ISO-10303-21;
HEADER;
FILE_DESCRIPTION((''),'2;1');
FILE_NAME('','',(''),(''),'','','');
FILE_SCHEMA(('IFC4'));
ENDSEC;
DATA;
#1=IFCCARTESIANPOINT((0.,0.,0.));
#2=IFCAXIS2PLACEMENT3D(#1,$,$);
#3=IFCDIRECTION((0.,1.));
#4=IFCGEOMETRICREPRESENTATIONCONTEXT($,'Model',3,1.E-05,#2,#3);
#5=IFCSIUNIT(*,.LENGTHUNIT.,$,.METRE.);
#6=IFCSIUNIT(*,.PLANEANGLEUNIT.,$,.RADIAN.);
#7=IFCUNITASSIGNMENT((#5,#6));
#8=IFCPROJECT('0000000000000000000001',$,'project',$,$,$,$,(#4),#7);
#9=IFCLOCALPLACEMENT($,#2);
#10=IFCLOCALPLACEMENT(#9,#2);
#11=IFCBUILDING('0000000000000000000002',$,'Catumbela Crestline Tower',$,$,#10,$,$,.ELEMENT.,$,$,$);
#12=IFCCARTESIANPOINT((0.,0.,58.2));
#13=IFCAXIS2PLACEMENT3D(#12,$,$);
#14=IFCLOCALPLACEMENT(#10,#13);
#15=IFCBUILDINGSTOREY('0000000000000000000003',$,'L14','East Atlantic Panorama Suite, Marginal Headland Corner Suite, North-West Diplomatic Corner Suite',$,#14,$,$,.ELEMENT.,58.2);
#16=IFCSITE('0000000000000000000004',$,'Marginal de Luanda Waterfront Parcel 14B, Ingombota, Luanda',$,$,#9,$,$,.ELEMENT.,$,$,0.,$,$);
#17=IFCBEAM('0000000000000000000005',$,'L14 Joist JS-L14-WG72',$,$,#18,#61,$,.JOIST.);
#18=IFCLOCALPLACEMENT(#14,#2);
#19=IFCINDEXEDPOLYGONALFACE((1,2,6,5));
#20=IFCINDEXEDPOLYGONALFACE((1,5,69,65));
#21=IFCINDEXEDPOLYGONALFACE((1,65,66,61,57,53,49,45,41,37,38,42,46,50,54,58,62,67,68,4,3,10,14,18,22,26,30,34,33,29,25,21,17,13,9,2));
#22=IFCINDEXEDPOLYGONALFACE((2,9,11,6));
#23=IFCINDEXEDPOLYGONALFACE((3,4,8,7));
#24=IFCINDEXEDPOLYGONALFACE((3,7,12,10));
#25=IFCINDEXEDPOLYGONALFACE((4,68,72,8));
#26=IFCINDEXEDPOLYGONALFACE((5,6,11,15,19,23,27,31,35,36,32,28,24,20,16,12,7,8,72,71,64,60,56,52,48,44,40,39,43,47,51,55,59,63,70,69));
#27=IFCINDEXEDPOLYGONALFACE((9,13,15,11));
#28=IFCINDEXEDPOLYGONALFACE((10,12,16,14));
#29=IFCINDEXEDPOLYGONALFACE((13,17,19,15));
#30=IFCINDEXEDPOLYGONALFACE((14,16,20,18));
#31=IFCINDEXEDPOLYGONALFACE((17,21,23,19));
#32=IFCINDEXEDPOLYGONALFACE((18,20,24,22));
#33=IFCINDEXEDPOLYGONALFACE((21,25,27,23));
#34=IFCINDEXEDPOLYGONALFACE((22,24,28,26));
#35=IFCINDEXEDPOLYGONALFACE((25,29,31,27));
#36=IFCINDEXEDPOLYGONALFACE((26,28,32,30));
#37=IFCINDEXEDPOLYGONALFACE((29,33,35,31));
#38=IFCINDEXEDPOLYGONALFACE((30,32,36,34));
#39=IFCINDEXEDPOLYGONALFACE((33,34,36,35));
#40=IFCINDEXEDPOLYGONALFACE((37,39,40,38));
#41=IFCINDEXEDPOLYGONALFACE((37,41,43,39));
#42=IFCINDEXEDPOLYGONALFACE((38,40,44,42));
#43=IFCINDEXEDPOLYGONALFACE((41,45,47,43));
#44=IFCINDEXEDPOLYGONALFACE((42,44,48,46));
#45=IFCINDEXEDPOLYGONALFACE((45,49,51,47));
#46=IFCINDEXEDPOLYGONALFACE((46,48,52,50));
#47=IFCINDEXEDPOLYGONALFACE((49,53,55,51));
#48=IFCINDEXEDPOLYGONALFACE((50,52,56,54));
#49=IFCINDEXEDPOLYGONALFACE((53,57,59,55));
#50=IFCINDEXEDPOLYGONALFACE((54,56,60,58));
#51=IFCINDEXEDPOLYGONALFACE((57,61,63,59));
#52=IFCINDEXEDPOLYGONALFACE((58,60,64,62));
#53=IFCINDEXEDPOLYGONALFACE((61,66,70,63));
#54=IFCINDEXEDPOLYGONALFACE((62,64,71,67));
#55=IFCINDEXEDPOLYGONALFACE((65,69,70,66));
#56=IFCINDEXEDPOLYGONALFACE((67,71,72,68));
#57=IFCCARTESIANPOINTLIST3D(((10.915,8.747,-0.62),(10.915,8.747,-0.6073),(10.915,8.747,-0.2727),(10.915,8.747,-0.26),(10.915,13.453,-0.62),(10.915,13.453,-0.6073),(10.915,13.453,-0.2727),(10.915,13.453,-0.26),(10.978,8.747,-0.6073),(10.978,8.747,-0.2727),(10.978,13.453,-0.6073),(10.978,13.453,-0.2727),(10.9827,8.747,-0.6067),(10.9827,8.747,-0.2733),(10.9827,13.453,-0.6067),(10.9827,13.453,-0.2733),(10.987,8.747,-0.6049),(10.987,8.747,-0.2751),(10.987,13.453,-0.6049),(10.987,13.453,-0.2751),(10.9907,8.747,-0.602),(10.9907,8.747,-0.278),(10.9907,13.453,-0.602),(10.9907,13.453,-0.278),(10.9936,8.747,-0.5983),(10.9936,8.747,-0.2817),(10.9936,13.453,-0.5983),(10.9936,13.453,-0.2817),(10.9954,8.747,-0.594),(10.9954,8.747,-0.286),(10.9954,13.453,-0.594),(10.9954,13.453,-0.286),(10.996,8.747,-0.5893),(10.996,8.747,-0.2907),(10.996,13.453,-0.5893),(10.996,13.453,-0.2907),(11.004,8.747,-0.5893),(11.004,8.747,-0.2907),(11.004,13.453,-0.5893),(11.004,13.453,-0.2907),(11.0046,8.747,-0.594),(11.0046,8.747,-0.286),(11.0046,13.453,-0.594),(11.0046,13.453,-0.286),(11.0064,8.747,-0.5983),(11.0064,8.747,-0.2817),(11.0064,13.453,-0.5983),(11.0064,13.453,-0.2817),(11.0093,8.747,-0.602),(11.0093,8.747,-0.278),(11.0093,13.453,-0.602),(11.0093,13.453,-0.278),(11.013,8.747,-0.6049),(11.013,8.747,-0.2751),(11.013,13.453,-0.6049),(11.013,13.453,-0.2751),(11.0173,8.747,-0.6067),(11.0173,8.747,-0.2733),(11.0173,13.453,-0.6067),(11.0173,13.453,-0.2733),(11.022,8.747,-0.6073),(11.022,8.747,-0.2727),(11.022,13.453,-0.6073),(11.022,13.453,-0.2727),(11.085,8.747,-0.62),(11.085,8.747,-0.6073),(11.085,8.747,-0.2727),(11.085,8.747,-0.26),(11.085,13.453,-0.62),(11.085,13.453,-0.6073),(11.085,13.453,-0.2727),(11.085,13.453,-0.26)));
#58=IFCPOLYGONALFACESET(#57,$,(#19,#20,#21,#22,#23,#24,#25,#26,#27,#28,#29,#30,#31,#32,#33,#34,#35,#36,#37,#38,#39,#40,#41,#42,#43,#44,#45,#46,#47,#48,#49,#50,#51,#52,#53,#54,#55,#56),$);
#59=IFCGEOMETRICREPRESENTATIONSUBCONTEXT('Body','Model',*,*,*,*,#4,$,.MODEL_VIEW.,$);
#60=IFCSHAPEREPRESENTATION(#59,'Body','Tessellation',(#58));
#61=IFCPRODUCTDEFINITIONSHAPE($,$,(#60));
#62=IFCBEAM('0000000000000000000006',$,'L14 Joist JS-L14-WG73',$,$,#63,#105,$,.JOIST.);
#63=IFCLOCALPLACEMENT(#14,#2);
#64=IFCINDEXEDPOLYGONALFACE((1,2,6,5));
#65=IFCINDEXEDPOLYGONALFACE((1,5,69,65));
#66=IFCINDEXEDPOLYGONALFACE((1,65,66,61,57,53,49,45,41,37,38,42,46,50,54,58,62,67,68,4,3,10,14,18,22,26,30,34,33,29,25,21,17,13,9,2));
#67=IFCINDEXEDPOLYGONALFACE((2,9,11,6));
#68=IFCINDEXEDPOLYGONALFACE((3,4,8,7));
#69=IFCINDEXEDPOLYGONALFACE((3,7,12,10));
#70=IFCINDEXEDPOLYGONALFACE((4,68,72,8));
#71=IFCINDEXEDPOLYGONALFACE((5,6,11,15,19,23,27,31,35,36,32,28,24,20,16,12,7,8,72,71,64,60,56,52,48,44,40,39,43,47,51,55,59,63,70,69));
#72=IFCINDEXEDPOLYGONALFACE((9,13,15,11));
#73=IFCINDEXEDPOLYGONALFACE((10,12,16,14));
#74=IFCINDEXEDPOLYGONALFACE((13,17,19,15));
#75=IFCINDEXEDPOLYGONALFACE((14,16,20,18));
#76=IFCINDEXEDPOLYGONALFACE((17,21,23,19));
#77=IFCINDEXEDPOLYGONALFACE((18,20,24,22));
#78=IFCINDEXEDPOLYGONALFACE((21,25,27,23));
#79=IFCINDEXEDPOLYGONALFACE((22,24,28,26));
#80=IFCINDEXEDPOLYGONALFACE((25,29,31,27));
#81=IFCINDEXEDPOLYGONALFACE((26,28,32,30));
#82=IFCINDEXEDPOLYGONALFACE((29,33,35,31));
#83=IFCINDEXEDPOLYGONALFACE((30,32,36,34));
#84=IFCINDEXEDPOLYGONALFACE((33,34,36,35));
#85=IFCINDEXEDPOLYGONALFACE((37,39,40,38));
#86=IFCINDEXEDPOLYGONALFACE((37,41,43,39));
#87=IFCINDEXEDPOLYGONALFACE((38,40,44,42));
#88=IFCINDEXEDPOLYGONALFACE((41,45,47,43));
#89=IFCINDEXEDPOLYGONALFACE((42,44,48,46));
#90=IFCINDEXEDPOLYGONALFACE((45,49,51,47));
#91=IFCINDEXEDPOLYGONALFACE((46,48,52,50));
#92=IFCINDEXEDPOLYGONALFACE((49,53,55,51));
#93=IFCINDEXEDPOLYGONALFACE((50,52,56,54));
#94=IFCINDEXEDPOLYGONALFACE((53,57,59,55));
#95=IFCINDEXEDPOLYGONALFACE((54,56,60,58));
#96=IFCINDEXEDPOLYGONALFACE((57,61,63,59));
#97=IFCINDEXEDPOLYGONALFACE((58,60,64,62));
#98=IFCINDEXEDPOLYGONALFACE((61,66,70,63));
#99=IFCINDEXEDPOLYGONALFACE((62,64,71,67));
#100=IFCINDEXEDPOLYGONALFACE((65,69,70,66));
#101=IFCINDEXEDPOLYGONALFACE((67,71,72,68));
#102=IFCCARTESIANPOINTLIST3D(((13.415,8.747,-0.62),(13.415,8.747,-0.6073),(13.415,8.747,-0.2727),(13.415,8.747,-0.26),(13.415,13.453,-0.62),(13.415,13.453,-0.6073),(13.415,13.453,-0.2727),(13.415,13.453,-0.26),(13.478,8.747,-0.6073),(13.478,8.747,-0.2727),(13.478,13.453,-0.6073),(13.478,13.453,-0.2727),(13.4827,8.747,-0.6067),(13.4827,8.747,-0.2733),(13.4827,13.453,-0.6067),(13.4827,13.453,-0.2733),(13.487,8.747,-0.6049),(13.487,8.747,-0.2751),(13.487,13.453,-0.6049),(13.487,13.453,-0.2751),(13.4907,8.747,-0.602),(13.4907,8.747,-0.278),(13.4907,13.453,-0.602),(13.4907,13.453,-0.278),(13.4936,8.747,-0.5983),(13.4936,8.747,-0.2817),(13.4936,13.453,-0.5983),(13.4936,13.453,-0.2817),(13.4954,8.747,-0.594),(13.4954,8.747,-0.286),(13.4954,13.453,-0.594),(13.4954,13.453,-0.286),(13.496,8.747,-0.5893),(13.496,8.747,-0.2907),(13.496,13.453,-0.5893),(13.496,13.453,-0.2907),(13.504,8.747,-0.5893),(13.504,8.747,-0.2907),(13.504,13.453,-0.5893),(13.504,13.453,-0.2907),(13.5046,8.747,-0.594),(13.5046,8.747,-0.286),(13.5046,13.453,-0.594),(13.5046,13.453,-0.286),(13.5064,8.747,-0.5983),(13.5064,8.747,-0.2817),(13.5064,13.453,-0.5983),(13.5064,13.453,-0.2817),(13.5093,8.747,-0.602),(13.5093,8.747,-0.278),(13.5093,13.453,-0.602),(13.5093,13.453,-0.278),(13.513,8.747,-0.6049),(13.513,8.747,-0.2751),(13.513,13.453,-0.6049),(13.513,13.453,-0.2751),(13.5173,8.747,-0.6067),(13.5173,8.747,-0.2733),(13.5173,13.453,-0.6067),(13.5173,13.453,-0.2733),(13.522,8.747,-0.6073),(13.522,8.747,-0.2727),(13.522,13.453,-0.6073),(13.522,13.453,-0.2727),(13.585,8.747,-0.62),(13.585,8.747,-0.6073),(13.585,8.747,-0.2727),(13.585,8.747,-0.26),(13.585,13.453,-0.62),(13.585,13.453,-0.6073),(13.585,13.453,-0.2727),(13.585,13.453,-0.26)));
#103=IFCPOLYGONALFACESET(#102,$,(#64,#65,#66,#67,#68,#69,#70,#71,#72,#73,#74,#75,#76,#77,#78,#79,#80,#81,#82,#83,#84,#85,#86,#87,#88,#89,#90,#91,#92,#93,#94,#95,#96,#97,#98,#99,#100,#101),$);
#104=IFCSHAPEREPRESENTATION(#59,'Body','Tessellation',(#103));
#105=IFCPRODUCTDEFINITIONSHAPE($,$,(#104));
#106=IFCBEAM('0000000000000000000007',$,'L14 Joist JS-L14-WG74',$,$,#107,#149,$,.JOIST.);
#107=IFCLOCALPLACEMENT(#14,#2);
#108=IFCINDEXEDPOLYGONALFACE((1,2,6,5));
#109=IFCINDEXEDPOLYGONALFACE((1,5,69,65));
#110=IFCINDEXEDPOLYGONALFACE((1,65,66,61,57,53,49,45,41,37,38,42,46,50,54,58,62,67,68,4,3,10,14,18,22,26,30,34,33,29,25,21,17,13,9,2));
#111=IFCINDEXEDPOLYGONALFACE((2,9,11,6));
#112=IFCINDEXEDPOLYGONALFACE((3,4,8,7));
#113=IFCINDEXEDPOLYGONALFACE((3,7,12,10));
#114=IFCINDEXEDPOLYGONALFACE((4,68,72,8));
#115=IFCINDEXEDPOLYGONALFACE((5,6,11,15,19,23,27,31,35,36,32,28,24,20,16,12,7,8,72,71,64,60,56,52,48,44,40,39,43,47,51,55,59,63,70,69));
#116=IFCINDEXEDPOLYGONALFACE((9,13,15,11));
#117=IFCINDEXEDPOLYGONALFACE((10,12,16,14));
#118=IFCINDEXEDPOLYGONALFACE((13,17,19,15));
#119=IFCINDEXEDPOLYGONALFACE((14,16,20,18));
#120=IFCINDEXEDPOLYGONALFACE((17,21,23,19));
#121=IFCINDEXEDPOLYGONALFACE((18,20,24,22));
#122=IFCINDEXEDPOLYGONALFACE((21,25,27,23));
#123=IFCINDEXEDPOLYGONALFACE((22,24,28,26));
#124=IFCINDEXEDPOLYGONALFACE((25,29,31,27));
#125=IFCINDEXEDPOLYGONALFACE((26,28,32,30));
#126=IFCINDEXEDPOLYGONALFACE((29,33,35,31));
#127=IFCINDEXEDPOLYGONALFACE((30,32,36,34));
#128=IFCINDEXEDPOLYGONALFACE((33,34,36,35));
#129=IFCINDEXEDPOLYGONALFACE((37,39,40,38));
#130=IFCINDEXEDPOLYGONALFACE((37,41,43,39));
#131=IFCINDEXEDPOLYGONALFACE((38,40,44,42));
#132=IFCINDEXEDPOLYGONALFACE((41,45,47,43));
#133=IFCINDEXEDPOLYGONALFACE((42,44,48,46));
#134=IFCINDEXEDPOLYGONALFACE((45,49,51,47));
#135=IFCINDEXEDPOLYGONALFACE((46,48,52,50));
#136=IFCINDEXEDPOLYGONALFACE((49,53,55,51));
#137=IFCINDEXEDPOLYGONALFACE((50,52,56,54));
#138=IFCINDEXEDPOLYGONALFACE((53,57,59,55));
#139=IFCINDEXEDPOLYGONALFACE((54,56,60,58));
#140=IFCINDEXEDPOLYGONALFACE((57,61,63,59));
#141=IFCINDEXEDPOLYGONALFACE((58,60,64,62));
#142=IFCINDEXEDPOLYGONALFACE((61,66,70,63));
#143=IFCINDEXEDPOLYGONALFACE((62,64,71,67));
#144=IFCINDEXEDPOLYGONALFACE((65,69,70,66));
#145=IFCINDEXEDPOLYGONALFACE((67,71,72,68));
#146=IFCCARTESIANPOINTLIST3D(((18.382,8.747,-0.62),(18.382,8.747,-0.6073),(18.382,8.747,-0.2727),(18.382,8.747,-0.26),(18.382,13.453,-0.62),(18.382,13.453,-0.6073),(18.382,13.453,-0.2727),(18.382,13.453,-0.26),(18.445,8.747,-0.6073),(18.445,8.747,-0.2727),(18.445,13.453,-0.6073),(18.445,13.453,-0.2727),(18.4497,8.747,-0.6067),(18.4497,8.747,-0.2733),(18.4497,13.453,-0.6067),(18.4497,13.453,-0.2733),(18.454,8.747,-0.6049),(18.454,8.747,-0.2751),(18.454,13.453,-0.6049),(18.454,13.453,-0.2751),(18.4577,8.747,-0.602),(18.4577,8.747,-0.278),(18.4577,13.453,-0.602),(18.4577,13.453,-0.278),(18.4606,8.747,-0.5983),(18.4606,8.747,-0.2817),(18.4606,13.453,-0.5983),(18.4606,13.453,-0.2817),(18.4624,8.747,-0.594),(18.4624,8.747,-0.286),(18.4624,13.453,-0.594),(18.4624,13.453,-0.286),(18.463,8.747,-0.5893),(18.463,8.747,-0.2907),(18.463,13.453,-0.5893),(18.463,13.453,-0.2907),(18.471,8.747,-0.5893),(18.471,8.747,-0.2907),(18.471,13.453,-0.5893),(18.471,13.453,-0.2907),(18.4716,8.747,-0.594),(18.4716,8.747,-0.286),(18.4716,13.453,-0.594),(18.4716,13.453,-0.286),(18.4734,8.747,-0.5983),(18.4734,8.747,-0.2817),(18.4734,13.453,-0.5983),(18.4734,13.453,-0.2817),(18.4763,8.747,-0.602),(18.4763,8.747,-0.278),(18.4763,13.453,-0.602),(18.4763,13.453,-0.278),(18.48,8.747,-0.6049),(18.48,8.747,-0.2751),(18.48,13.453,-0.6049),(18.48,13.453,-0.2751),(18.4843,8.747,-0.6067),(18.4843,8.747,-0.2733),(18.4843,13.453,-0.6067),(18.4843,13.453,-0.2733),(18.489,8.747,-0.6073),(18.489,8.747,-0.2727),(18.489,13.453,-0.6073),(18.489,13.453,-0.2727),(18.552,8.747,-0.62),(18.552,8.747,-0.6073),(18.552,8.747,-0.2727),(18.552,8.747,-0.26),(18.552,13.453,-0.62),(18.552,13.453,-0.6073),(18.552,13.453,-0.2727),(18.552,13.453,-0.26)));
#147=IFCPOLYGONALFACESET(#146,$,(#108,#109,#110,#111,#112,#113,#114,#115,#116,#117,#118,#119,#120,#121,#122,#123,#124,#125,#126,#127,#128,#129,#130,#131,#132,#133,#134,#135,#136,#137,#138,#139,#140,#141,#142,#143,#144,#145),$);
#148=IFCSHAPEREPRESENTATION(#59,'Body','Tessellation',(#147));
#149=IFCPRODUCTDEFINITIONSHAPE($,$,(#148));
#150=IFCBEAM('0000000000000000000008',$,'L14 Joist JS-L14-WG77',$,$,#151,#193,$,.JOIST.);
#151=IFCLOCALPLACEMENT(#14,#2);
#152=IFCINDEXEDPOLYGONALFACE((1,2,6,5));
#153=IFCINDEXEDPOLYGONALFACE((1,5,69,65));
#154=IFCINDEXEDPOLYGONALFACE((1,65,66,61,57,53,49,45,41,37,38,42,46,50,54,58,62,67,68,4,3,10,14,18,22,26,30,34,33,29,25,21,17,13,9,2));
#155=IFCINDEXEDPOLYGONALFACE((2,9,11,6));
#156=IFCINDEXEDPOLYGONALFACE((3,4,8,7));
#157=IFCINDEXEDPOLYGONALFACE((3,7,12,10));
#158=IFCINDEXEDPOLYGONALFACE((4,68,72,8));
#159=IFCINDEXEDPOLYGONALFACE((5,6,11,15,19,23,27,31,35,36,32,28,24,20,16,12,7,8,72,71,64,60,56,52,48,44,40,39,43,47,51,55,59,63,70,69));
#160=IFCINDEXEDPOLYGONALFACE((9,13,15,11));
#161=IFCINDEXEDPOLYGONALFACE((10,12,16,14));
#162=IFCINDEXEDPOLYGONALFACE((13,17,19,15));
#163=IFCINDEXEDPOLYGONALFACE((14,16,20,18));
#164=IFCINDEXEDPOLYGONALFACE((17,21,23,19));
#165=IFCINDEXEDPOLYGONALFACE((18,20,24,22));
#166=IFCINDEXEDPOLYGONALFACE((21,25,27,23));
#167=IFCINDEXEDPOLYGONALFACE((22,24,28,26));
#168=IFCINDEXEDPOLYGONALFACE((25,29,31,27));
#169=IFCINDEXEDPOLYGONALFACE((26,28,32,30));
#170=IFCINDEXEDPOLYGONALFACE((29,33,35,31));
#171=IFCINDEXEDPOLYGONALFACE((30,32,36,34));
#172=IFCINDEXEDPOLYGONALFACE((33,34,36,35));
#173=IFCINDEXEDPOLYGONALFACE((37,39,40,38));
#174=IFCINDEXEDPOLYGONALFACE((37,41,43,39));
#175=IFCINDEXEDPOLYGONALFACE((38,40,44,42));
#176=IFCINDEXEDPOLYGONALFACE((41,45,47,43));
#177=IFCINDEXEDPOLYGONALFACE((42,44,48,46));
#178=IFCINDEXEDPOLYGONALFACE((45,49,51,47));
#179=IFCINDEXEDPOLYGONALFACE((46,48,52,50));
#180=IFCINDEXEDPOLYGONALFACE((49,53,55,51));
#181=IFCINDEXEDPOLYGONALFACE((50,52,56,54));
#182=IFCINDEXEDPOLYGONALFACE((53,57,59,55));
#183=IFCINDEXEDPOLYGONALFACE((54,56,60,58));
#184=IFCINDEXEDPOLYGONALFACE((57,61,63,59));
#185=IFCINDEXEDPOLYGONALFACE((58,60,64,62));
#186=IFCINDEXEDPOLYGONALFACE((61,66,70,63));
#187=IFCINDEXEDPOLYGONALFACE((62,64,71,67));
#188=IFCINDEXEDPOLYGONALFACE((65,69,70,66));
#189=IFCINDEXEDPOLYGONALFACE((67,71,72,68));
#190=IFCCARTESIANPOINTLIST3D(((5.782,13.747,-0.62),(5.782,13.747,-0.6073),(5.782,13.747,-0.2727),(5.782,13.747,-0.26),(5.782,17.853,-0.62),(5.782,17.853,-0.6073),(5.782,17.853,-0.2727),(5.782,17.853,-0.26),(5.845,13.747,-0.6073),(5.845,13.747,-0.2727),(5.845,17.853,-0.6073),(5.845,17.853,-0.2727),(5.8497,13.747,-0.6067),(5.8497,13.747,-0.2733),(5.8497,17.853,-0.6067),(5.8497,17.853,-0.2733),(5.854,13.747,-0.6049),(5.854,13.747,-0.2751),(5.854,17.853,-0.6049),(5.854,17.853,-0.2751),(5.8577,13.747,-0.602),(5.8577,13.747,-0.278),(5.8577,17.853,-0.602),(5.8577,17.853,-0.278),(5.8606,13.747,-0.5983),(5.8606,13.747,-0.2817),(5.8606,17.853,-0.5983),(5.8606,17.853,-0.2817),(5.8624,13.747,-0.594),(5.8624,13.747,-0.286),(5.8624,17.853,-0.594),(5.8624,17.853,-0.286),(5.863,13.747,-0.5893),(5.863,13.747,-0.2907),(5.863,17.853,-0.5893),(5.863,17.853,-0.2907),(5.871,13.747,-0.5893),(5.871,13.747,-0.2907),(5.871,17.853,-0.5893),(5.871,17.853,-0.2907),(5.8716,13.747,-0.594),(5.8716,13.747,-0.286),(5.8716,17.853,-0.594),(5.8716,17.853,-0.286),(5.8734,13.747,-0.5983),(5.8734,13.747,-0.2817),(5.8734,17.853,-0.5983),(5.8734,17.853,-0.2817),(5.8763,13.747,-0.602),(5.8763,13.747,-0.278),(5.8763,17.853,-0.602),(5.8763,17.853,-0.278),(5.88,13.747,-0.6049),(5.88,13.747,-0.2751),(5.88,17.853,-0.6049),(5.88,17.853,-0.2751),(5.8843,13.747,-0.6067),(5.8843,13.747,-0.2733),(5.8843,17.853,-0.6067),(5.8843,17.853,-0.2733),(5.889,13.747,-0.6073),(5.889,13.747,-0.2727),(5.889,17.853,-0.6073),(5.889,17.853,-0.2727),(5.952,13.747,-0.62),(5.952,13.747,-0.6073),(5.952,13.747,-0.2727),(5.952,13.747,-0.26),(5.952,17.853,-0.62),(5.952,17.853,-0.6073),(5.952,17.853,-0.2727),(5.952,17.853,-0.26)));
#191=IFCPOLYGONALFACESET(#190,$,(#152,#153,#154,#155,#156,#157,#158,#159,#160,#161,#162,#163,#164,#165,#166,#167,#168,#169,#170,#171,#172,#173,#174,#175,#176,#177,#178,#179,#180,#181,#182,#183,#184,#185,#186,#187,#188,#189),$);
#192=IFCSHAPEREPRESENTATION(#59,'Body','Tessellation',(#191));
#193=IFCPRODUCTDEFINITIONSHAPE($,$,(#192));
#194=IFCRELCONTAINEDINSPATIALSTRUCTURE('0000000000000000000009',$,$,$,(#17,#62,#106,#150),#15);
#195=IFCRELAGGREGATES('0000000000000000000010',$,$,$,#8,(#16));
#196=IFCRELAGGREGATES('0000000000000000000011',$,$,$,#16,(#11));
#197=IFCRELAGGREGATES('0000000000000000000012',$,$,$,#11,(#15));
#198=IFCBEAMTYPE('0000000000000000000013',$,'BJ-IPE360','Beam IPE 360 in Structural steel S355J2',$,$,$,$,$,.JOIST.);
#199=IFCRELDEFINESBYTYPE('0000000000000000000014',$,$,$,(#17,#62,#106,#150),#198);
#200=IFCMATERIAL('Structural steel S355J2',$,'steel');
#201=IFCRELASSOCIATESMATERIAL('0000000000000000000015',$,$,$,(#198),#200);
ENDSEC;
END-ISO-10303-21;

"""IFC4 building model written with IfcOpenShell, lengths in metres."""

from ifc_helpers import new_model, si_unit, direction, frame, origin, origin_2d, place, context, subcontext, project, spatial, i_section, extrude, material, material_profile, profile_set, type_object, element, save


model = new_model("IFC4")

# Units and contexts
model_context = context("Model", 3, precision=1e-05, world=origin(), true_north=direction((0.0, 1.0)))
body_context = subcontext(model_context, "Body", "Model", "MODEL_VIEW")
ifc_project = project(units=[si_unit("LENGTHUNIT", "METRE"), si_unit("PLANEANGLEUNIT", "RADIAN")], contexts=[model_context])

# Site, building, storey
site_placement = place(None, origin())
site = spatial("IfcSite", under=ifc_project, at=site_placement, Name="Marginal de Luanda Waterfront Parcel 14B, Ingombota, Luanda", CompositionType="ELEMENT", RefElevation=0.0)
building_placement = place(site_placement, origin())
building = spatial("IfcBuilding", under=site, at=building_placement, Name="Catumbela Crestline Tower", CompositionType="ELEMENT")
storey_placement = place(building_placement, frame((0.0, 0.0, 58.2)))
storey = spatial("IfcBuildingStorey", under=building, at=storey_placement, Name="L14", Description="East Atlantic Panorama Suite, Marginal Headland Corner Suite, North-West Diplomatic Corner Suite", CompositionType="ELEMENT", Elevation=58.2)

# Beams
ifc_material_1 = material(Name="Structural steel S355J2", Category="steel")
ifc_material_profile_1 = material_profile(ifc_material_1, i_section(OverallWidth=0.17, OverallDepth=0.36, WebThickness=0.008, FlangeThickness=0.0127, FilletRadius=0.018, at=origin_2d()), Name="IPE 360")
ifc_profile_set_1 = profile_set([ifc_material_profile_1], Name="Structural steel S355J2")
beam_type_1 = type_object("IfcBeamType", Name="BJ-IPE360", Description="Beam IPE 360 in Structural steel S355J2", PredefinedType="JOIST", material=ifc_profile_set_1)
for number, where, z_axis, x_axis, name in (
    (1, (11.0, 8.747, -0.44), (0.0, 1.0, 0.0), (-1.0, 0.0, 0.0), "L14 Joist JS-L14-WG72"),
    (2, (13.5, 8.747, -0.44), (0.0, 1.0, 0.0), (-1.0, 0.0, 0.0), "L14 Joist JS-L14-WG73"),
    (3, (18.467, 8.747, -0.44), (0.0, 1.0, 0.0), (-1.0, 0.0, 0.0), "L14 Joist JS-L14-WG74"),
):
    element("IfcBeam", number, at=place(storey_placement, frame(where, z_axis=z_axis, x_axis=x_axis)), inside=storey, type_object=beam_type_1, Name=name, PredefinedType="JOIST", context=body_context, shape_type="SweptSolid", body=[
        extrude(i_section(OverallWidth=0.17, OverallDepth=0.36, WebThickness=0.008, FlangeThickness=0.0127, FilletRadius=0.018, at=origin_2d()), origin(), (0.0, 0.0, 1.0), 4.706),
    ])
for number, where, z_axis, x_axis, name in (
    (4, (5.867, 13.747, -0.44), (0.0, 1.0, 0.0), (-1.0, 0.0, 0.0), "L14 Joist JS-L14-WG77"),
):
    element("IfcBeam", number, at=place(storey_placement, frame(where, z_axis=z_axis, x_axis=x_axis)), inside=storey, type_object=beam_type_1, Name=name, PredefinedType="JOIST", context=body_context, shape_type="SweptSolid", body=[
        extrude(i_section(OverallWidth=0.17, OverallDepth=0.36, WebThickness=0.008, FlangeThickness=0.0127, FilletRadius=0.018, at=origin_2d()), origin(), (0.0, 0.0, 1.0), 4.106),
    ])

save(model, "model.ifc")
